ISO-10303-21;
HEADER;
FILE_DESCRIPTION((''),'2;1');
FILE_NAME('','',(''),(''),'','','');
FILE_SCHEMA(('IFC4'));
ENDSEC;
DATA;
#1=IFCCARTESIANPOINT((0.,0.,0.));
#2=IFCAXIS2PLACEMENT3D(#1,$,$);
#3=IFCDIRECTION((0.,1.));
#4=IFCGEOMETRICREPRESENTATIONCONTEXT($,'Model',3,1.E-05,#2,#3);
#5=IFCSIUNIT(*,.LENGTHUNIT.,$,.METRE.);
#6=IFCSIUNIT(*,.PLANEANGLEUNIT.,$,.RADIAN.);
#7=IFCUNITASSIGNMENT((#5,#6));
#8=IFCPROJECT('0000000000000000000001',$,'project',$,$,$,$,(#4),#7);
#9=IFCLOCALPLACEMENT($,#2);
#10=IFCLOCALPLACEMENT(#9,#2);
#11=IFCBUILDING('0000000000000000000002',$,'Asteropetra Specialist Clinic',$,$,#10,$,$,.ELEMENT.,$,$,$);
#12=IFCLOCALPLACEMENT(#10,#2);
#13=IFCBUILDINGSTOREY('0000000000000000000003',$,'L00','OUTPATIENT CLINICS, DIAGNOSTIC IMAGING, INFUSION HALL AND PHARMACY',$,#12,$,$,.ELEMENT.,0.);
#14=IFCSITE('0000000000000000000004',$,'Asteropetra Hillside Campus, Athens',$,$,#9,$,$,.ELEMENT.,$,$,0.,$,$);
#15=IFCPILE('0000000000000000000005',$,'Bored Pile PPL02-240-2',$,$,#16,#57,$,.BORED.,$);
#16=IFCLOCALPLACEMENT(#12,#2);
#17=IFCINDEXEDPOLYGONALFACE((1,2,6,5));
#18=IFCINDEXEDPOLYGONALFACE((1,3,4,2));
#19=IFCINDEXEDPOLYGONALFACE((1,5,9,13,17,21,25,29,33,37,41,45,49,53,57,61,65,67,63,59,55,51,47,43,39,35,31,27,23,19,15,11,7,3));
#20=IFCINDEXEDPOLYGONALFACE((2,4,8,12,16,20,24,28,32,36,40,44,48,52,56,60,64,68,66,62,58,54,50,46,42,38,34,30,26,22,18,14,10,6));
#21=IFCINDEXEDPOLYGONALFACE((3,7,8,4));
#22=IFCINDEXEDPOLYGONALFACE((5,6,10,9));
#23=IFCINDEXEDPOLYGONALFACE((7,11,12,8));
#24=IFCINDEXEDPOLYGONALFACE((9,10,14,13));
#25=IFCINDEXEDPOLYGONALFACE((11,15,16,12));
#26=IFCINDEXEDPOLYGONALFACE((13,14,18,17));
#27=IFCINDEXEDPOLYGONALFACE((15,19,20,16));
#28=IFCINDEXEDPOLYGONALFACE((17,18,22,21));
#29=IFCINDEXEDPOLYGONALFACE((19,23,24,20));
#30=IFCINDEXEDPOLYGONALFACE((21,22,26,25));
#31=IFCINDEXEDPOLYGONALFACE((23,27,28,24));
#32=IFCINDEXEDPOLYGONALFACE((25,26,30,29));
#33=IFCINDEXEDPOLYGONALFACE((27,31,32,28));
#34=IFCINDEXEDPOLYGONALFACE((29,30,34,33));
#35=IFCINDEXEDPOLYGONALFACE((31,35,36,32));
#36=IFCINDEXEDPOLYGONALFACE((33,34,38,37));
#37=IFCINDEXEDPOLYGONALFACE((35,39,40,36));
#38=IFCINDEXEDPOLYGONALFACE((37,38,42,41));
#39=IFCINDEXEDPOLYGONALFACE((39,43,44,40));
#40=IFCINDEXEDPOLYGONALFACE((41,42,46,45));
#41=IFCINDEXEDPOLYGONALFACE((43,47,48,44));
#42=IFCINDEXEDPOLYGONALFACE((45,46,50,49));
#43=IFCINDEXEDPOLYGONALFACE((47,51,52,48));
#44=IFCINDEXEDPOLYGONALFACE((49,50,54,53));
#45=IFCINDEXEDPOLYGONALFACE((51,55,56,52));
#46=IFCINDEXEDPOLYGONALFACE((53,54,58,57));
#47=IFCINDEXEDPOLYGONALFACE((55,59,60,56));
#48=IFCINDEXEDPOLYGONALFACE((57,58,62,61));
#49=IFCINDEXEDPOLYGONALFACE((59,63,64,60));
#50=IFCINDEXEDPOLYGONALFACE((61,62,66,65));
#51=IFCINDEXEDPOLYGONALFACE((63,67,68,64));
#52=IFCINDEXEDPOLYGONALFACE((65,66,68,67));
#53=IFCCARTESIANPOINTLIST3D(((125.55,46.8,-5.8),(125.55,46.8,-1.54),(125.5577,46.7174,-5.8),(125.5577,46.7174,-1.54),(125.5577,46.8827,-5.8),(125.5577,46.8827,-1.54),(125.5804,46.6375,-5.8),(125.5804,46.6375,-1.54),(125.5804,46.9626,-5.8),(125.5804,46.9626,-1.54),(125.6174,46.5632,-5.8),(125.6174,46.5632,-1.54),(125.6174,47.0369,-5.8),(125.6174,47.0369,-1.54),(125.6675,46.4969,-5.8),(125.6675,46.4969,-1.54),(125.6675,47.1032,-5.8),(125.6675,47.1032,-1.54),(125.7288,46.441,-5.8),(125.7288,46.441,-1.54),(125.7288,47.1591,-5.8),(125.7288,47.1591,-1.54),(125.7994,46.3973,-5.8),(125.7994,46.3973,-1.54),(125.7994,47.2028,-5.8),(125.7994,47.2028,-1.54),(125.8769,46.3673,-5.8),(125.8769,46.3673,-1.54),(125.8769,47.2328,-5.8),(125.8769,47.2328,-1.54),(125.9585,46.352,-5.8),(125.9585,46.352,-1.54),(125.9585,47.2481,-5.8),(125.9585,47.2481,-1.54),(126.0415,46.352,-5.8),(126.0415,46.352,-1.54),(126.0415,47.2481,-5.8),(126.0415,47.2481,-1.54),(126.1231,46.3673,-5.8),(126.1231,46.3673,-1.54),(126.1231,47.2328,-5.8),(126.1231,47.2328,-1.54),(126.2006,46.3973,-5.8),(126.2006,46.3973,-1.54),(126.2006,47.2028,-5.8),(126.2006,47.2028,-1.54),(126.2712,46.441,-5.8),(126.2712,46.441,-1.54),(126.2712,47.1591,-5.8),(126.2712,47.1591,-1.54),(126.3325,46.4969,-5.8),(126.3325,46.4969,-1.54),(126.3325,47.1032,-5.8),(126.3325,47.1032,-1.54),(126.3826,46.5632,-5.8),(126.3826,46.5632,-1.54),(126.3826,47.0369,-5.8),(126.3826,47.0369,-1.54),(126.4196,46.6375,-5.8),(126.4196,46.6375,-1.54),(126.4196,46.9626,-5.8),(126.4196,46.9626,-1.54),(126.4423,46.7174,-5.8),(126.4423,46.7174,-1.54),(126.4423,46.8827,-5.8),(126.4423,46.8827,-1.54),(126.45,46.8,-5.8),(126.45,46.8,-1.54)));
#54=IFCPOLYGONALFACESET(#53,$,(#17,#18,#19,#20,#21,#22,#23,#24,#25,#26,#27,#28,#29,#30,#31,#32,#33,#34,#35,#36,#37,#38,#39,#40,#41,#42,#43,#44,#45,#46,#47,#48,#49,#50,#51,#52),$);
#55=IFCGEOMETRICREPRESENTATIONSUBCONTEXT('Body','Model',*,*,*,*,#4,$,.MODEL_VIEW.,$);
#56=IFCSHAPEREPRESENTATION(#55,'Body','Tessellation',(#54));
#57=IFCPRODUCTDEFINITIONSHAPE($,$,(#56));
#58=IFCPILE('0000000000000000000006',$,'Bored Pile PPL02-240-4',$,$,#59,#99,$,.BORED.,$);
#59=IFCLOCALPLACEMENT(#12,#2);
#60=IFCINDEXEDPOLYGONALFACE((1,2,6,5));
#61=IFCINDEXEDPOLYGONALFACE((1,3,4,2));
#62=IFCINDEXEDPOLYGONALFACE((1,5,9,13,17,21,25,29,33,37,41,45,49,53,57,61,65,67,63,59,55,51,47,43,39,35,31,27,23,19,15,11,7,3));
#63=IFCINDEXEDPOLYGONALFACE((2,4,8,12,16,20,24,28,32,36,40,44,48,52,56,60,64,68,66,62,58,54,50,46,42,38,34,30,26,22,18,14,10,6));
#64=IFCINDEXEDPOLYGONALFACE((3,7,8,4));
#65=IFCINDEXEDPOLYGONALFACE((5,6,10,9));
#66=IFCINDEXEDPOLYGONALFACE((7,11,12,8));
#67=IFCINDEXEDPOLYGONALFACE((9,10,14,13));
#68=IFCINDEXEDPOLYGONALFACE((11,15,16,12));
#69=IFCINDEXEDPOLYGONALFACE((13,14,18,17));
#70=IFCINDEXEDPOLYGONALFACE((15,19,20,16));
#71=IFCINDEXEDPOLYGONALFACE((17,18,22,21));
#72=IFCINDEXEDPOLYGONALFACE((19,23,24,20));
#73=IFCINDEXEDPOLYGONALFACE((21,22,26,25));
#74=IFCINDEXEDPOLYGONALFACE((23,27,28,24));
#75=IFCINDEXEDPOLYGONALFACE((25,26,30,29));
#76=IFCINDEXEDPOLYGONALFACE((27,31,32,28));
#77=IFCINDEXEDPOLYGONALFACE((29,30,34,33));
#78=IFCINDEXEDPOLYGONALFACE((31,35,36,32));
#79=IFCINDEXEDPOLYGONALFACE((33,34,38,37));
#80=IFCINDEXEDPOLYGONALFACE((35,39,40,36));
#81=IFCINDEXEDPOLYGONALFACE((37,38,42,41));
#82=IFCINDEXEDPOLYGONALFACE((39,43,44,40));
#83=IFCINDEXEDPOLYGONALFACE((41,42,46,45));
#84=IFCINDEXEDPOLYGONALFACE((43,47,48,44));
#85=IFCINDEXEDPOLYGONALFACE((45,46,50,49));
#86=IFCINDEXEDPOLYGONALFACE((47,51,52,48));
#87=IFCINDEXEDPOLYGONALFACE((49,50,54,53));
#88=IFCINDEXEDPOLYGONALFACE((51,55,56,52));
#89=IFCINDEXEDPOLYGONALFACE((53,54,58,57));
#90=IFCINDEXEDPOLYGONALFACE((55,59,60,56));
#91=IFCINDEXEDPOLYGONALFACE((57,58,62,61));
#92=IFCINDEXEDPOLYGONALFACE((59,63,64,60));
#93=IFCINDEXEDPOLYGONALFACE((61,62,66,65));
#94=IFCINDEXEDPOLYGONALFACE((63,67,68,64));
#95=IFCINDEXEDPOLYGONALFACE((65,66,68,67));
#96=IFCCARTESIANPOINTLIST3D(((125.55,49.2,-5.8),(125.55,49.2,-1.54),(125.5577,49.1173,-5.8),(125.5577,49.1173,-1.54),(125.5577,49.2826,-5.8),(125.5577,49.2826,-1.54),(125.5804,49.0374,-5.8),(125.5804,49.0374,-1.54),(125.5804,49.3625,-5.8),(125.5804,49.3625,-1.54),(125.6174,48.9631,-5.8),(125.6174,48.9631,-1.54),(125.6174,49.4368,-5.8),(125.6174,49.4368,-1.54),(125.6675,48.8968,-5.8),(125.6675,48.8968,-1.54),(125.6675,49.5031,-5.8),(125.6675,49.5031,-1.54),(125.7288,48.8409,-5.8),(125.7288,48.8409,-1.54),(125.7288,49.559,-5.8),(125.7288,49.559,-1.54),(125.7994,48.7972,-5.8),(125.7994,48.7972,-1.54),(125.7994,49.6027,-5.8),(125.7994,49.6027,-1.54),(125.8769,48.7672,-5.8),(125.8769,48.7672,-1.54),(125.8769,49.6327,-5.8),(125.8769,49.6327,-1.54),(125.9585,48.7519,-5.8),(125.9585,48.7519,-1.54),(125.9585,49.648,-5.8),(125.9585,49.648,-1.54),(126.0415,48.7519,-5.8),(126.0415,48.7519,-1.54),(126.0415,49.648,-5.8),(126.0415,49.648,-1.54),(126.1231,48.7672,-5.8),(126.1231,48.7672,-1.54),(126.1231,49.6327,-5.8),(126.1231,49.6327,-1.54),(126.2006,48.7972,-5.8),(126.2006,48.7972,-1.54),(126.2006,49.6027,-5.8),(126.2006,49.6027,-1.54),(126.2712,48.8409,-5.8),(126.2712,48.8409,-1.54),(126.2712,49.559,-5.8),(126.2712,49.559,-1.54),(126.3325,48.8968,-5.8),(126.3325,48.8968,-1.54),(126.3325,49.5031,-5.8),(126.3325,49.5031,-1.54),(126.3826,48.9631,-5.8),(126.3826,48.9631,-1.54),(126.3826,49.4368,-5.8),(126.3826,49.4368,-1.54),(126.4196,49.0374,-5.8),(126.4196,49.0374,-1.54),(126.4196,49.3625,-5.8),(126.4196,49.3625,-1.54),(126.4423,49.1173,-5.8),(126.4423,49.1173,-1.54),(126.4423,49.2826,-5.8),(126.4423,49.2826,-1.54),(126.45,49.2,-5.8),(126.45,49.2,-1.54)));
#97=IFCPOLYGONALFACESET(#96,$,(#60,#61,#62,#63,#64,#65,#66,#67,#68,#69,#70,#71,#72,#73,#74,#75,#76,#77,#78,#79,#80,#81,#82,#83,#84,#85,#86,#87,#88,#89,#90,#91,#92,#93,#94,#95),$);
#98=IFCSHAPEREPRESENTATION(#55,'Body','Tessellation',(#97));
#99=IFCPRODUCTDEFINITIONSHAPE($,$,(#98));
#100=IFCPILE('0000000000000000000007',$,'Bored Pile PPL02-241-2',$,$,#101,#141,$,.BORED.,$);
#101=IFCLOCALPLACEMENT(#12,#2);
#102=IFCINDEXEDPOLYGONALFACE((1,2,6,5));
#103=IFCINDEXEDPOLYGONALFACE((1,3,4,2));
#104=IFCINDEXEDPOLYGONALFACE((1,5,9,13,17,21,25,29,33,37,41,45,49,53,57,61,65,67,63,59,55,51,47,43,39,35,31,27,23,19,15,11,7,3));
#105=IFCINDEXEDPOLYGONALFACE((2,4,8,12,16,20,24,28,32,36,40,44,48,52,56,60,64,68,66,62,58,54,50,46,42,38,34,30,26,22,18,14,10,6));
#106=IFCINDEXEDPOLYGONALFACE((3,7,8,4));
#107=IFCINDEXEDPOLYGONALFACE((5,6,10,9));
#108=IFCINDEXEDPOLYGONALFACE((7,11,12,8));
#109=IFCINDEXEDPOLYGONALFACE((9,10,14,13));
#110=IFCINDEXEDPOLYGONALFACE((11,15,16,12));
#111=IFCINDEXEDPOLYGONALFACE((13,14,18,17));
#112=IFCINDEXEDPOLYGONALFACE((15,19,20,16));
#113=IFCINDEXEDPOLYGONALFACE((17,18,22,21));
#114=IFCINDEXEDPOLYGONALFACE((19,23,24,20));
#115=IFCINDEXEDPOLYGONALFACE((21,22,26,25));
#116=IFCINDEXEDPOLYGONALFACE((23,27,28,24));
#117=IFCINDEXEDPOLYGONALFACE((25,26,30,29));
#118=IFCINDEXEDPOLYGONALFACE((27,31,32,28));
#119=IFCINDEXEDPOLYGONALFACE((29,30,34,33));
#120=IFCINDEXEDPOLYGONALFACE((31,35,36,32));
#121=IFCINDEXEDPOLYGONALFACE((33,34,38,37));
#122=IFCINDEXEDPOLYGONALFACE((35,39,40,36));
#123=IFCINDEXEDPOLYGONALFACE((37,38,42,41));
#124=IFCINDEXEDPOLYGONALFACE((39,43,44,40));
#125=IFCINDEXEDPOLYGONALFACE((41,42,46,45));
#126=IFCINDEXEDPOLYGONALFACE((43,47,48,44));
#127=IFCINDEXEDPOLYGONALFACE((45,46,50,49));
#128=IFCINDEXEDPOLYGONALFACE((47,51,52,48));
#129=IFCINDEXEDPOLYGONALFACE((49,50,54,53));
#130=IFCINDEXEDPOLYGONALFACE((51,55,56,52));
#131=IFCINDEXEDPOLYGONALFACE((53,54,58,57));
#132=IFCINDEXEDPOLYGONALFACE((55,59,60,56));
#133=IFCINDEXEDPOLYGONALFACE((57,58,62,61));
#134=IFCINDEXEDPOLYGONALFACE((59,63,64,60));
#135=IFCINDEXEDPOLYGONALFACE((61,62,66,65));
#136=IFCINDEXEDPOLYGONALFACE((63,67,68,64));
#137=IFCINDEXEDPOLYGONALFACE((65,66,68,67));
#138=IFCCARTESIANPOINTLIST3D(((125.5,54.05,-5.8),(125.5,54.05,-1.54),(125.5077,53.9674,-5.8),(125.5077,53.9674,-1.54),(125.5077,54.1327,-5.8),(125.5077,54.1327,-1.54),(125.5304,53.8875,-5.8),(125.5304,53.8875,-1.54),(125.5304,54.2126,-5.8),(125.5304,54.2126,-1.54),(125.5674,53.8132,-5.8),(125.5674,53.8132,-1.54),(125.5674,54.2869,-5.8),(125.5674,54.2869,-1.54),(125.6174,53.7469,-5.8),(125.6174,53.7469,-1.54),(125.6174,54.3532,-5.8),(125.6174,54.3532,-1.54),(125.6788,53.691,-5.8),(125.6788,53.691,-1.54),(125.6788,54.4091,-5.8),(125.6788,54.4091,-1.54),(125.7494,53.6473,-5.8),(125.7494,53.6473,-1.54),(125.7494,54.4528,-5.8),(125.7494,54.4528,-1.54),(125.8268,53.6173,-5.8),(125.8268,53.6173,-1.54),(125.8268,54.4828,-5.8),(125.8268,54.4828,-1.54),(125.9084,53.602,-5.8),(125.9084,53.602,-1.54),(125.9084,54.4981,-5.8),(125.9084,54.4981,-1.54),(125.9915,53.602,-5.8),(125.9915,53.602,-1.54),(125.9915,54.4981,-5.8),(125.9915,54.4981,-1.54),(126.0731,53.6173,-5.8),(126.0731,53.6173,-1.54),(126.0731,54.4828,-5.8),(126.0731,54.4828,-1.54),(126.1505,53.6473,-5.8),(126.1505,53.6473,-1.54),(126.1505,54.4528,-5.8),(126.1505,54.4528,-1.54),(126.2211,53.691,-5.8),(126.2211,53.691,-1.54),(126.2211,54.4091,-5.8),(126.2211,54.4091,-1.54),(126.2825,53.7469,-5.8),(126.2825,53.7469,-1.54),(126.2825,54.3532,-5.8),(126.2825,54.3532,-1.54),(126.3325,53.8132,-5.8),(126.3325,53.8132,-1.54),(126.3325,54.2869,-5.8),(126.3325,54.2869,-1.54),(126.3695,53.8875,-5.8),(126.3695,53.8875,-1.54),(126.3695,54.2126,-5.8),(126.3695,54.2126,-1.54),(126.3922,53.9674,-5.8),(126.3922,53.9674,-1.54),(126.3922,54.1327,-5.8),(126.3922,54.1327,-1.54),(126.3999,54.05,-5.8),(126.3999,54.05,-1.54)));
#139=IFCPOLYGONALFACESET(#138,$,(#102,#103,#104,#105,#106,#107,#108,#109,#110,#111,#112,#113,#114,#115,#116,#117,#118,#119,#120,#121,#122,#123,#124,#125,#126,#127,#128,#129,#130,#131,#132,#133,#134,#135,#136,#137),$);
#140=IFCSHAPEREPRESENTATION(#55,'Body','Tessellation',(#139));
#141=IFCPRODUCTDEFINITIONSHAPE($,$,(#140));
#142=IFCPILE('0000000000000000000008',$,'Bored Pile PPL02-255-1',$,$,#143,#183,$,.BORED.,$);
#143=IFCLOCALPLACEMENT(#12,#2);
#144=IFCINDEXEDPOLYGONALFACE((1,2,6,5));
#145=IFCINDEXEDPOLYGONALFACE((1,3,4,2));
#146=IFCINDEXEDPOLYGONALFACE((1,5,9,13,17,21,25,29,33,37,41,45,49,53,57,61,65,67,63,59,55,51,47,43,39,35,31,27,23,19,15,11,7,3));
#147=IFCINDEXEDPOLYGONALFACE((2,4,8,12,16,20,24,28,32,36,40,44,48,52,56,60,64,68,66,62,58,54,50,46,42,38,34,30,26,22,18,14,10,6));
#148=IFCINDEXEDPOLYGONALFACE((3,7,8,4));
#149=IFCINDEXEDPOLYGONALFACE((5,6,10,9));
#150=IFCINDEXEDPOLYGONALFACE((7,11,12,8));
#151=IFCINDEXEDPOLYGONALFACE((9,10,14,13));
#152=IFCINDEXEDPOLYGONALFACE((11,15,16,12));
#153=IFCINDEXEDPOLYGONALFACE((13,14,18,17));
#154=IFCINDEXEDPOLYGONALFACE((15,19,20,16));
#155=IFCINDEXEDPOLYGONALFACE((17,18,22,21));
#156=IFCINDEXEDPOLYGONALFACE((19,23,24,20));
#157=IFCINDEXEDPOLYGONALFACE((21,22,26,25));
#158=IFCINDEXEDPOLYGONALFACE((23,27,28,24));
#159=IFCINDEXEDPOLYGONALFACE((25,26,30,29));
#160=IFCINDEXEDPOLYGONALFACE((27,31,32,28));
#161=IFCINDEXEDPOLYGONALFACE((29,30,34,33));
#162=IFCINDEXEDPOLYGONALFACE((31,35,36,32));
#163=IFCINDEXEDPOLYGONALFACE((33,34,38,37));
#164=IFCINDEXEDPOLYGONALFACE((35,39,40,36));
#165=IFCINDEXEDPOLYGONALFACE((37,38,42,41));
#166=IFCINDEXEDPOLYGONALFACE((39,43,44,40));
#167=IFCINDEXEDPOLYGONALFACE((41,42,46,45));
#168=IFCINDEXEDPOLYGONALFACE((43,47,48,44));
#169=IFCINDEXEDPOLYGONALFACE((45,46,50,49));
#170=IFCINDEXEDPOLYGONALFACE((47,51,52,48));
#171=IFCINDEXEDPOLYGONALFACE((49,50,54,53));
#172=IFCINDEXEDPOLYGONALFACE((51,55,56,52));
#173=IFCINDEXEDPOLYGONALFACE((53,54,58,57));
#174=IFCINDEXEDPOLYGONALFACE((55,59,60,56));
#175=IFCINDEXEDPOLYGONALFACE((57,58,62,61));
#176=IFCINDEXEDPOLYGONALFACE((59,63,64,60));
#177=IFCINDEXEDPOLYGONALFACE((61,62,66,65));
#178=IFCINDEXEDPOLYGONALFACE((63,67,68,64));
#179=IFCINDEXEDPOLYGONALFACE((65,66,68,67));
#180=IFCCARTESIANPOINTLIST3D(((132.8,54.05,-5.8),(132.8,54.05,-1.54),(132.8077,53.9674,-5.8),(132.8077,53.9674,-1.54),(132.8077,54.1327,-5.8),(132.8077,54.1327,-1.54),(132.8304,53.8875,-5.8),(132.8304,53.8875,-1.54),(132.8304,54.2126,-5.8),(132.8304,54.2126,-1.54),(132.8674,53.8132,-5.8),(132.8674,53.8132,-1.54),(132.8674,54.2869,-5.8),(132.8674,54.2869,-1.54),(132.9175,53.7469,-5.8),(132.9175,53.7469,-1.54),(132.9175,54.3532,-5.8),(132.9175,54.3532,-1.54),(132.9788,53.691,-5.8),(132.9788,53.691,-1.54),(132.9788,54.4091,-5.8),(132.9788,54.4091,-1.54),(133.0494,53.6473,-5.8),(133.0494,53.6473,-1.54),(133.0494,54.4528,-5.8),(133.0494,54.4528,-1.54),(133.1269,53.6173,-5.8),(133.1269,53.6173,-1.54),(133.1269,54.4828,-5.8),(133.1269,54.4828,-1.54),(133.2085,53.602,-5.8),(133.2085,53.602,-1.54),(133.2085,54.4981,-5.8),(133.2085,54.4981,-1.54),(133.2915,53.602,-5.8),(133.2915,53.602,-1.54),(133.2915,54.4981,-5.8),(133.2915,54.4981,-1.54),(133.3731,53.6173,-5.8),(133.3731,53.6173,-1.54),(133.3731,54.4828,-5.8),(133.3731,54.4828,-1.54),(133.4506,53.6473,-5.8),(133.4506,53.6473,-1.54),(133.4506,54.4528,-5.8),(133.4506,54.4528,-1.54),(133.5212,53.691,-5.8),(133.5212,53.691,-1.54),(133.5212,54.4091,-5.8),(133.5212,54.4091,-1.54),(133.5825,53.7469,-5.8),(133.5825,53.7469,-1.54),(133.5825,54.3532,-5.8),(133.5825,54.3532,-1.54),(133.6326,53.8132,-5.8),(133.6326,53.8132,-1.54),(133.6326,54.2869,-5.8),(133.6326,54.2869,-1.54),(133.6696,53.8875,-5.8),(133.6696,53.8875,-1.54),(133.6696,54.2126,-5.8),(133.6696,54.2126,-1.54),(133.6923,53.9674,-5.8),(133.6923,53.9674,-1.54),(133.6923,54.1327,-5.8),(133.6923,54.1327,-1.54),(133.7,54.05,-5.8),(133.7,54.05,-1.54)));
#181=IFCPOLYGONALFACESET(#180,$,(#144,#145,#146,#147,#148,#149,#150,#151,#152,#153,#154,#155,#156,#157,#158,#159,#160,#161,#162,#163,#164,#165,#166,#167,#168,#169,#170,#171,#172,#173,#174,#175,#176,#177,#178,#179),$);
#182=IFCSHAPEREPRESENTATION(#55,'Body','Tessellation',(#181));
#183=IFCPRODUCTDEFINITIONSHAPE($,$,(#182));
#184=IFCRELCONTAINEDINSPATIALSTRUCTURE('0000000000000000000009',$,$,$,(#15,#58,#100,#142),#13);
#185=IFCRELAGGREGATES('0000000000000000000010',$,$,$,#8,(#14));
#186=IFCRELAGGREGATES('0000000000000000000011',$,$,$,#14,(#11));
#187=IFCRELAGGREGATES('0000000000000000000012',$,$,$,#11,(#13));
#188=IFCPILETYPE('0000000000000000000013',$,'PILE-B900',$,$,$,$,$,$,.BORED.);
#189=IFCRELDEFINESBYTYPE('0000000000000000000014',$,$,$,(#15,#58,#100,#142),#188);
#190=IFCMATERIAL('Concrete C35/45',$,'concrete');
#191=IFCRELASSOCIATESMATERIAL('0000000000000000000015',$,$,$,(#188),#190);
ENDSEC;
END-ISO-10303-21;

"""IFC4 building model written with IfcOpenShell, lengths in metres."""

from ifc_helpers import new_model, si_unit, direction, frame, origin, origin_2d, place, context, subcontext, project, spatial, circle, extrude, material, material_profile, profile_set, type_object, element, save


model = new_model("IFC4")

# Units and contexts
model_context = context("Model", 3, precision=1e-05, world=origin(), true_north=direction((0.0, 1.0)))
body_context = subcontext(model_context, "Body", "Model", "MODEL_VIEW")
ifc_project = project(units=[si_unit("LENGTHUNIT", "METRE"), si_unit("PLANEANGLEUNIT", "RADIAN")], contexts=[model_context])

# Site, building, storey
site_placement = place(None, origin())
site = spatial("IfcSite", under=ifc_project, at=site_placement, Name="Asteropetra Hillside Campus, Athens", CompositionType="ELEMENT", RefElevation=0.0)
building_placement = place(site_placement, origin())
building = spatial("IfcBuilding", under=site, at=building_placement, Name="Asteropetra Specialist Clinic", CompositionType="ELEMENT")
storey_placement = place(building_placement, origin())
storey = spatial("IfcBuildingStorey", under=building, at=storey_placement, Name="L00", Description="OUTPATIENT CLINICS, DIAGNOSTIC IMAGING, INFUSION HALL AND PHARMACY", CompositionType="ELEMENT", Elevation=0.0)

# Piles
ifc_material_1 = material(Name="Concrete C35/45", Category="concrete")
ifc_material_profile_1 = material_profile(ifc_material_1, circle(Radius=0.45, at=origin_2d()), Name="PILE D900")
ifc_profile_set_1 = profile_set([ifc_material_profile_1], Name="Concrete C35/45")
pile_type_1 = type_object("IfcPileType", Name="PILE-B900", PredefinedType="BORED", material=ifc_profile_set_1)
for number, where, z_axis, x_axis, name in (
    (1, (126.0, 46.8, -1.54), (0.0, 0.0, -1.0), (1.0, 0.0, 0.0), "Bored Pile PPL02-240-2"),
    (2, (126.0, 49.2, -1.54), (0.0, 0.0, -1.0), (1.0, 0.0, 0.0), "Bored Pile PPL02-240-4"),
    (3, (125.95, 54.05, -1.54), (0.0, 0.0, -1.0), (1.0, 0.0, 0.0), "Bored Pile PPL02-241-2"),
    (4, (133.25, 54.05, -1.54), (0.0, 0.0, -1.0), (1.0, 0.0, 0.0), "Bored Pile PPL02-255-1"),
):
    element("IfcPile", number, at=place(storey_placement, frame(where, z_axis=z_axis, x_axis=x_axis)), inside=storey, type_object=pile_type_1, Name=name, PredefinedType="BORED", context=body_context, shape_type="SweptSolid", body=[
        extrude(circle(Radius=0.45, at=origin_2d()), origin(), (0.0, 0.0, 1.0), 4.26),
    ])

save(model, "model.ifc")
